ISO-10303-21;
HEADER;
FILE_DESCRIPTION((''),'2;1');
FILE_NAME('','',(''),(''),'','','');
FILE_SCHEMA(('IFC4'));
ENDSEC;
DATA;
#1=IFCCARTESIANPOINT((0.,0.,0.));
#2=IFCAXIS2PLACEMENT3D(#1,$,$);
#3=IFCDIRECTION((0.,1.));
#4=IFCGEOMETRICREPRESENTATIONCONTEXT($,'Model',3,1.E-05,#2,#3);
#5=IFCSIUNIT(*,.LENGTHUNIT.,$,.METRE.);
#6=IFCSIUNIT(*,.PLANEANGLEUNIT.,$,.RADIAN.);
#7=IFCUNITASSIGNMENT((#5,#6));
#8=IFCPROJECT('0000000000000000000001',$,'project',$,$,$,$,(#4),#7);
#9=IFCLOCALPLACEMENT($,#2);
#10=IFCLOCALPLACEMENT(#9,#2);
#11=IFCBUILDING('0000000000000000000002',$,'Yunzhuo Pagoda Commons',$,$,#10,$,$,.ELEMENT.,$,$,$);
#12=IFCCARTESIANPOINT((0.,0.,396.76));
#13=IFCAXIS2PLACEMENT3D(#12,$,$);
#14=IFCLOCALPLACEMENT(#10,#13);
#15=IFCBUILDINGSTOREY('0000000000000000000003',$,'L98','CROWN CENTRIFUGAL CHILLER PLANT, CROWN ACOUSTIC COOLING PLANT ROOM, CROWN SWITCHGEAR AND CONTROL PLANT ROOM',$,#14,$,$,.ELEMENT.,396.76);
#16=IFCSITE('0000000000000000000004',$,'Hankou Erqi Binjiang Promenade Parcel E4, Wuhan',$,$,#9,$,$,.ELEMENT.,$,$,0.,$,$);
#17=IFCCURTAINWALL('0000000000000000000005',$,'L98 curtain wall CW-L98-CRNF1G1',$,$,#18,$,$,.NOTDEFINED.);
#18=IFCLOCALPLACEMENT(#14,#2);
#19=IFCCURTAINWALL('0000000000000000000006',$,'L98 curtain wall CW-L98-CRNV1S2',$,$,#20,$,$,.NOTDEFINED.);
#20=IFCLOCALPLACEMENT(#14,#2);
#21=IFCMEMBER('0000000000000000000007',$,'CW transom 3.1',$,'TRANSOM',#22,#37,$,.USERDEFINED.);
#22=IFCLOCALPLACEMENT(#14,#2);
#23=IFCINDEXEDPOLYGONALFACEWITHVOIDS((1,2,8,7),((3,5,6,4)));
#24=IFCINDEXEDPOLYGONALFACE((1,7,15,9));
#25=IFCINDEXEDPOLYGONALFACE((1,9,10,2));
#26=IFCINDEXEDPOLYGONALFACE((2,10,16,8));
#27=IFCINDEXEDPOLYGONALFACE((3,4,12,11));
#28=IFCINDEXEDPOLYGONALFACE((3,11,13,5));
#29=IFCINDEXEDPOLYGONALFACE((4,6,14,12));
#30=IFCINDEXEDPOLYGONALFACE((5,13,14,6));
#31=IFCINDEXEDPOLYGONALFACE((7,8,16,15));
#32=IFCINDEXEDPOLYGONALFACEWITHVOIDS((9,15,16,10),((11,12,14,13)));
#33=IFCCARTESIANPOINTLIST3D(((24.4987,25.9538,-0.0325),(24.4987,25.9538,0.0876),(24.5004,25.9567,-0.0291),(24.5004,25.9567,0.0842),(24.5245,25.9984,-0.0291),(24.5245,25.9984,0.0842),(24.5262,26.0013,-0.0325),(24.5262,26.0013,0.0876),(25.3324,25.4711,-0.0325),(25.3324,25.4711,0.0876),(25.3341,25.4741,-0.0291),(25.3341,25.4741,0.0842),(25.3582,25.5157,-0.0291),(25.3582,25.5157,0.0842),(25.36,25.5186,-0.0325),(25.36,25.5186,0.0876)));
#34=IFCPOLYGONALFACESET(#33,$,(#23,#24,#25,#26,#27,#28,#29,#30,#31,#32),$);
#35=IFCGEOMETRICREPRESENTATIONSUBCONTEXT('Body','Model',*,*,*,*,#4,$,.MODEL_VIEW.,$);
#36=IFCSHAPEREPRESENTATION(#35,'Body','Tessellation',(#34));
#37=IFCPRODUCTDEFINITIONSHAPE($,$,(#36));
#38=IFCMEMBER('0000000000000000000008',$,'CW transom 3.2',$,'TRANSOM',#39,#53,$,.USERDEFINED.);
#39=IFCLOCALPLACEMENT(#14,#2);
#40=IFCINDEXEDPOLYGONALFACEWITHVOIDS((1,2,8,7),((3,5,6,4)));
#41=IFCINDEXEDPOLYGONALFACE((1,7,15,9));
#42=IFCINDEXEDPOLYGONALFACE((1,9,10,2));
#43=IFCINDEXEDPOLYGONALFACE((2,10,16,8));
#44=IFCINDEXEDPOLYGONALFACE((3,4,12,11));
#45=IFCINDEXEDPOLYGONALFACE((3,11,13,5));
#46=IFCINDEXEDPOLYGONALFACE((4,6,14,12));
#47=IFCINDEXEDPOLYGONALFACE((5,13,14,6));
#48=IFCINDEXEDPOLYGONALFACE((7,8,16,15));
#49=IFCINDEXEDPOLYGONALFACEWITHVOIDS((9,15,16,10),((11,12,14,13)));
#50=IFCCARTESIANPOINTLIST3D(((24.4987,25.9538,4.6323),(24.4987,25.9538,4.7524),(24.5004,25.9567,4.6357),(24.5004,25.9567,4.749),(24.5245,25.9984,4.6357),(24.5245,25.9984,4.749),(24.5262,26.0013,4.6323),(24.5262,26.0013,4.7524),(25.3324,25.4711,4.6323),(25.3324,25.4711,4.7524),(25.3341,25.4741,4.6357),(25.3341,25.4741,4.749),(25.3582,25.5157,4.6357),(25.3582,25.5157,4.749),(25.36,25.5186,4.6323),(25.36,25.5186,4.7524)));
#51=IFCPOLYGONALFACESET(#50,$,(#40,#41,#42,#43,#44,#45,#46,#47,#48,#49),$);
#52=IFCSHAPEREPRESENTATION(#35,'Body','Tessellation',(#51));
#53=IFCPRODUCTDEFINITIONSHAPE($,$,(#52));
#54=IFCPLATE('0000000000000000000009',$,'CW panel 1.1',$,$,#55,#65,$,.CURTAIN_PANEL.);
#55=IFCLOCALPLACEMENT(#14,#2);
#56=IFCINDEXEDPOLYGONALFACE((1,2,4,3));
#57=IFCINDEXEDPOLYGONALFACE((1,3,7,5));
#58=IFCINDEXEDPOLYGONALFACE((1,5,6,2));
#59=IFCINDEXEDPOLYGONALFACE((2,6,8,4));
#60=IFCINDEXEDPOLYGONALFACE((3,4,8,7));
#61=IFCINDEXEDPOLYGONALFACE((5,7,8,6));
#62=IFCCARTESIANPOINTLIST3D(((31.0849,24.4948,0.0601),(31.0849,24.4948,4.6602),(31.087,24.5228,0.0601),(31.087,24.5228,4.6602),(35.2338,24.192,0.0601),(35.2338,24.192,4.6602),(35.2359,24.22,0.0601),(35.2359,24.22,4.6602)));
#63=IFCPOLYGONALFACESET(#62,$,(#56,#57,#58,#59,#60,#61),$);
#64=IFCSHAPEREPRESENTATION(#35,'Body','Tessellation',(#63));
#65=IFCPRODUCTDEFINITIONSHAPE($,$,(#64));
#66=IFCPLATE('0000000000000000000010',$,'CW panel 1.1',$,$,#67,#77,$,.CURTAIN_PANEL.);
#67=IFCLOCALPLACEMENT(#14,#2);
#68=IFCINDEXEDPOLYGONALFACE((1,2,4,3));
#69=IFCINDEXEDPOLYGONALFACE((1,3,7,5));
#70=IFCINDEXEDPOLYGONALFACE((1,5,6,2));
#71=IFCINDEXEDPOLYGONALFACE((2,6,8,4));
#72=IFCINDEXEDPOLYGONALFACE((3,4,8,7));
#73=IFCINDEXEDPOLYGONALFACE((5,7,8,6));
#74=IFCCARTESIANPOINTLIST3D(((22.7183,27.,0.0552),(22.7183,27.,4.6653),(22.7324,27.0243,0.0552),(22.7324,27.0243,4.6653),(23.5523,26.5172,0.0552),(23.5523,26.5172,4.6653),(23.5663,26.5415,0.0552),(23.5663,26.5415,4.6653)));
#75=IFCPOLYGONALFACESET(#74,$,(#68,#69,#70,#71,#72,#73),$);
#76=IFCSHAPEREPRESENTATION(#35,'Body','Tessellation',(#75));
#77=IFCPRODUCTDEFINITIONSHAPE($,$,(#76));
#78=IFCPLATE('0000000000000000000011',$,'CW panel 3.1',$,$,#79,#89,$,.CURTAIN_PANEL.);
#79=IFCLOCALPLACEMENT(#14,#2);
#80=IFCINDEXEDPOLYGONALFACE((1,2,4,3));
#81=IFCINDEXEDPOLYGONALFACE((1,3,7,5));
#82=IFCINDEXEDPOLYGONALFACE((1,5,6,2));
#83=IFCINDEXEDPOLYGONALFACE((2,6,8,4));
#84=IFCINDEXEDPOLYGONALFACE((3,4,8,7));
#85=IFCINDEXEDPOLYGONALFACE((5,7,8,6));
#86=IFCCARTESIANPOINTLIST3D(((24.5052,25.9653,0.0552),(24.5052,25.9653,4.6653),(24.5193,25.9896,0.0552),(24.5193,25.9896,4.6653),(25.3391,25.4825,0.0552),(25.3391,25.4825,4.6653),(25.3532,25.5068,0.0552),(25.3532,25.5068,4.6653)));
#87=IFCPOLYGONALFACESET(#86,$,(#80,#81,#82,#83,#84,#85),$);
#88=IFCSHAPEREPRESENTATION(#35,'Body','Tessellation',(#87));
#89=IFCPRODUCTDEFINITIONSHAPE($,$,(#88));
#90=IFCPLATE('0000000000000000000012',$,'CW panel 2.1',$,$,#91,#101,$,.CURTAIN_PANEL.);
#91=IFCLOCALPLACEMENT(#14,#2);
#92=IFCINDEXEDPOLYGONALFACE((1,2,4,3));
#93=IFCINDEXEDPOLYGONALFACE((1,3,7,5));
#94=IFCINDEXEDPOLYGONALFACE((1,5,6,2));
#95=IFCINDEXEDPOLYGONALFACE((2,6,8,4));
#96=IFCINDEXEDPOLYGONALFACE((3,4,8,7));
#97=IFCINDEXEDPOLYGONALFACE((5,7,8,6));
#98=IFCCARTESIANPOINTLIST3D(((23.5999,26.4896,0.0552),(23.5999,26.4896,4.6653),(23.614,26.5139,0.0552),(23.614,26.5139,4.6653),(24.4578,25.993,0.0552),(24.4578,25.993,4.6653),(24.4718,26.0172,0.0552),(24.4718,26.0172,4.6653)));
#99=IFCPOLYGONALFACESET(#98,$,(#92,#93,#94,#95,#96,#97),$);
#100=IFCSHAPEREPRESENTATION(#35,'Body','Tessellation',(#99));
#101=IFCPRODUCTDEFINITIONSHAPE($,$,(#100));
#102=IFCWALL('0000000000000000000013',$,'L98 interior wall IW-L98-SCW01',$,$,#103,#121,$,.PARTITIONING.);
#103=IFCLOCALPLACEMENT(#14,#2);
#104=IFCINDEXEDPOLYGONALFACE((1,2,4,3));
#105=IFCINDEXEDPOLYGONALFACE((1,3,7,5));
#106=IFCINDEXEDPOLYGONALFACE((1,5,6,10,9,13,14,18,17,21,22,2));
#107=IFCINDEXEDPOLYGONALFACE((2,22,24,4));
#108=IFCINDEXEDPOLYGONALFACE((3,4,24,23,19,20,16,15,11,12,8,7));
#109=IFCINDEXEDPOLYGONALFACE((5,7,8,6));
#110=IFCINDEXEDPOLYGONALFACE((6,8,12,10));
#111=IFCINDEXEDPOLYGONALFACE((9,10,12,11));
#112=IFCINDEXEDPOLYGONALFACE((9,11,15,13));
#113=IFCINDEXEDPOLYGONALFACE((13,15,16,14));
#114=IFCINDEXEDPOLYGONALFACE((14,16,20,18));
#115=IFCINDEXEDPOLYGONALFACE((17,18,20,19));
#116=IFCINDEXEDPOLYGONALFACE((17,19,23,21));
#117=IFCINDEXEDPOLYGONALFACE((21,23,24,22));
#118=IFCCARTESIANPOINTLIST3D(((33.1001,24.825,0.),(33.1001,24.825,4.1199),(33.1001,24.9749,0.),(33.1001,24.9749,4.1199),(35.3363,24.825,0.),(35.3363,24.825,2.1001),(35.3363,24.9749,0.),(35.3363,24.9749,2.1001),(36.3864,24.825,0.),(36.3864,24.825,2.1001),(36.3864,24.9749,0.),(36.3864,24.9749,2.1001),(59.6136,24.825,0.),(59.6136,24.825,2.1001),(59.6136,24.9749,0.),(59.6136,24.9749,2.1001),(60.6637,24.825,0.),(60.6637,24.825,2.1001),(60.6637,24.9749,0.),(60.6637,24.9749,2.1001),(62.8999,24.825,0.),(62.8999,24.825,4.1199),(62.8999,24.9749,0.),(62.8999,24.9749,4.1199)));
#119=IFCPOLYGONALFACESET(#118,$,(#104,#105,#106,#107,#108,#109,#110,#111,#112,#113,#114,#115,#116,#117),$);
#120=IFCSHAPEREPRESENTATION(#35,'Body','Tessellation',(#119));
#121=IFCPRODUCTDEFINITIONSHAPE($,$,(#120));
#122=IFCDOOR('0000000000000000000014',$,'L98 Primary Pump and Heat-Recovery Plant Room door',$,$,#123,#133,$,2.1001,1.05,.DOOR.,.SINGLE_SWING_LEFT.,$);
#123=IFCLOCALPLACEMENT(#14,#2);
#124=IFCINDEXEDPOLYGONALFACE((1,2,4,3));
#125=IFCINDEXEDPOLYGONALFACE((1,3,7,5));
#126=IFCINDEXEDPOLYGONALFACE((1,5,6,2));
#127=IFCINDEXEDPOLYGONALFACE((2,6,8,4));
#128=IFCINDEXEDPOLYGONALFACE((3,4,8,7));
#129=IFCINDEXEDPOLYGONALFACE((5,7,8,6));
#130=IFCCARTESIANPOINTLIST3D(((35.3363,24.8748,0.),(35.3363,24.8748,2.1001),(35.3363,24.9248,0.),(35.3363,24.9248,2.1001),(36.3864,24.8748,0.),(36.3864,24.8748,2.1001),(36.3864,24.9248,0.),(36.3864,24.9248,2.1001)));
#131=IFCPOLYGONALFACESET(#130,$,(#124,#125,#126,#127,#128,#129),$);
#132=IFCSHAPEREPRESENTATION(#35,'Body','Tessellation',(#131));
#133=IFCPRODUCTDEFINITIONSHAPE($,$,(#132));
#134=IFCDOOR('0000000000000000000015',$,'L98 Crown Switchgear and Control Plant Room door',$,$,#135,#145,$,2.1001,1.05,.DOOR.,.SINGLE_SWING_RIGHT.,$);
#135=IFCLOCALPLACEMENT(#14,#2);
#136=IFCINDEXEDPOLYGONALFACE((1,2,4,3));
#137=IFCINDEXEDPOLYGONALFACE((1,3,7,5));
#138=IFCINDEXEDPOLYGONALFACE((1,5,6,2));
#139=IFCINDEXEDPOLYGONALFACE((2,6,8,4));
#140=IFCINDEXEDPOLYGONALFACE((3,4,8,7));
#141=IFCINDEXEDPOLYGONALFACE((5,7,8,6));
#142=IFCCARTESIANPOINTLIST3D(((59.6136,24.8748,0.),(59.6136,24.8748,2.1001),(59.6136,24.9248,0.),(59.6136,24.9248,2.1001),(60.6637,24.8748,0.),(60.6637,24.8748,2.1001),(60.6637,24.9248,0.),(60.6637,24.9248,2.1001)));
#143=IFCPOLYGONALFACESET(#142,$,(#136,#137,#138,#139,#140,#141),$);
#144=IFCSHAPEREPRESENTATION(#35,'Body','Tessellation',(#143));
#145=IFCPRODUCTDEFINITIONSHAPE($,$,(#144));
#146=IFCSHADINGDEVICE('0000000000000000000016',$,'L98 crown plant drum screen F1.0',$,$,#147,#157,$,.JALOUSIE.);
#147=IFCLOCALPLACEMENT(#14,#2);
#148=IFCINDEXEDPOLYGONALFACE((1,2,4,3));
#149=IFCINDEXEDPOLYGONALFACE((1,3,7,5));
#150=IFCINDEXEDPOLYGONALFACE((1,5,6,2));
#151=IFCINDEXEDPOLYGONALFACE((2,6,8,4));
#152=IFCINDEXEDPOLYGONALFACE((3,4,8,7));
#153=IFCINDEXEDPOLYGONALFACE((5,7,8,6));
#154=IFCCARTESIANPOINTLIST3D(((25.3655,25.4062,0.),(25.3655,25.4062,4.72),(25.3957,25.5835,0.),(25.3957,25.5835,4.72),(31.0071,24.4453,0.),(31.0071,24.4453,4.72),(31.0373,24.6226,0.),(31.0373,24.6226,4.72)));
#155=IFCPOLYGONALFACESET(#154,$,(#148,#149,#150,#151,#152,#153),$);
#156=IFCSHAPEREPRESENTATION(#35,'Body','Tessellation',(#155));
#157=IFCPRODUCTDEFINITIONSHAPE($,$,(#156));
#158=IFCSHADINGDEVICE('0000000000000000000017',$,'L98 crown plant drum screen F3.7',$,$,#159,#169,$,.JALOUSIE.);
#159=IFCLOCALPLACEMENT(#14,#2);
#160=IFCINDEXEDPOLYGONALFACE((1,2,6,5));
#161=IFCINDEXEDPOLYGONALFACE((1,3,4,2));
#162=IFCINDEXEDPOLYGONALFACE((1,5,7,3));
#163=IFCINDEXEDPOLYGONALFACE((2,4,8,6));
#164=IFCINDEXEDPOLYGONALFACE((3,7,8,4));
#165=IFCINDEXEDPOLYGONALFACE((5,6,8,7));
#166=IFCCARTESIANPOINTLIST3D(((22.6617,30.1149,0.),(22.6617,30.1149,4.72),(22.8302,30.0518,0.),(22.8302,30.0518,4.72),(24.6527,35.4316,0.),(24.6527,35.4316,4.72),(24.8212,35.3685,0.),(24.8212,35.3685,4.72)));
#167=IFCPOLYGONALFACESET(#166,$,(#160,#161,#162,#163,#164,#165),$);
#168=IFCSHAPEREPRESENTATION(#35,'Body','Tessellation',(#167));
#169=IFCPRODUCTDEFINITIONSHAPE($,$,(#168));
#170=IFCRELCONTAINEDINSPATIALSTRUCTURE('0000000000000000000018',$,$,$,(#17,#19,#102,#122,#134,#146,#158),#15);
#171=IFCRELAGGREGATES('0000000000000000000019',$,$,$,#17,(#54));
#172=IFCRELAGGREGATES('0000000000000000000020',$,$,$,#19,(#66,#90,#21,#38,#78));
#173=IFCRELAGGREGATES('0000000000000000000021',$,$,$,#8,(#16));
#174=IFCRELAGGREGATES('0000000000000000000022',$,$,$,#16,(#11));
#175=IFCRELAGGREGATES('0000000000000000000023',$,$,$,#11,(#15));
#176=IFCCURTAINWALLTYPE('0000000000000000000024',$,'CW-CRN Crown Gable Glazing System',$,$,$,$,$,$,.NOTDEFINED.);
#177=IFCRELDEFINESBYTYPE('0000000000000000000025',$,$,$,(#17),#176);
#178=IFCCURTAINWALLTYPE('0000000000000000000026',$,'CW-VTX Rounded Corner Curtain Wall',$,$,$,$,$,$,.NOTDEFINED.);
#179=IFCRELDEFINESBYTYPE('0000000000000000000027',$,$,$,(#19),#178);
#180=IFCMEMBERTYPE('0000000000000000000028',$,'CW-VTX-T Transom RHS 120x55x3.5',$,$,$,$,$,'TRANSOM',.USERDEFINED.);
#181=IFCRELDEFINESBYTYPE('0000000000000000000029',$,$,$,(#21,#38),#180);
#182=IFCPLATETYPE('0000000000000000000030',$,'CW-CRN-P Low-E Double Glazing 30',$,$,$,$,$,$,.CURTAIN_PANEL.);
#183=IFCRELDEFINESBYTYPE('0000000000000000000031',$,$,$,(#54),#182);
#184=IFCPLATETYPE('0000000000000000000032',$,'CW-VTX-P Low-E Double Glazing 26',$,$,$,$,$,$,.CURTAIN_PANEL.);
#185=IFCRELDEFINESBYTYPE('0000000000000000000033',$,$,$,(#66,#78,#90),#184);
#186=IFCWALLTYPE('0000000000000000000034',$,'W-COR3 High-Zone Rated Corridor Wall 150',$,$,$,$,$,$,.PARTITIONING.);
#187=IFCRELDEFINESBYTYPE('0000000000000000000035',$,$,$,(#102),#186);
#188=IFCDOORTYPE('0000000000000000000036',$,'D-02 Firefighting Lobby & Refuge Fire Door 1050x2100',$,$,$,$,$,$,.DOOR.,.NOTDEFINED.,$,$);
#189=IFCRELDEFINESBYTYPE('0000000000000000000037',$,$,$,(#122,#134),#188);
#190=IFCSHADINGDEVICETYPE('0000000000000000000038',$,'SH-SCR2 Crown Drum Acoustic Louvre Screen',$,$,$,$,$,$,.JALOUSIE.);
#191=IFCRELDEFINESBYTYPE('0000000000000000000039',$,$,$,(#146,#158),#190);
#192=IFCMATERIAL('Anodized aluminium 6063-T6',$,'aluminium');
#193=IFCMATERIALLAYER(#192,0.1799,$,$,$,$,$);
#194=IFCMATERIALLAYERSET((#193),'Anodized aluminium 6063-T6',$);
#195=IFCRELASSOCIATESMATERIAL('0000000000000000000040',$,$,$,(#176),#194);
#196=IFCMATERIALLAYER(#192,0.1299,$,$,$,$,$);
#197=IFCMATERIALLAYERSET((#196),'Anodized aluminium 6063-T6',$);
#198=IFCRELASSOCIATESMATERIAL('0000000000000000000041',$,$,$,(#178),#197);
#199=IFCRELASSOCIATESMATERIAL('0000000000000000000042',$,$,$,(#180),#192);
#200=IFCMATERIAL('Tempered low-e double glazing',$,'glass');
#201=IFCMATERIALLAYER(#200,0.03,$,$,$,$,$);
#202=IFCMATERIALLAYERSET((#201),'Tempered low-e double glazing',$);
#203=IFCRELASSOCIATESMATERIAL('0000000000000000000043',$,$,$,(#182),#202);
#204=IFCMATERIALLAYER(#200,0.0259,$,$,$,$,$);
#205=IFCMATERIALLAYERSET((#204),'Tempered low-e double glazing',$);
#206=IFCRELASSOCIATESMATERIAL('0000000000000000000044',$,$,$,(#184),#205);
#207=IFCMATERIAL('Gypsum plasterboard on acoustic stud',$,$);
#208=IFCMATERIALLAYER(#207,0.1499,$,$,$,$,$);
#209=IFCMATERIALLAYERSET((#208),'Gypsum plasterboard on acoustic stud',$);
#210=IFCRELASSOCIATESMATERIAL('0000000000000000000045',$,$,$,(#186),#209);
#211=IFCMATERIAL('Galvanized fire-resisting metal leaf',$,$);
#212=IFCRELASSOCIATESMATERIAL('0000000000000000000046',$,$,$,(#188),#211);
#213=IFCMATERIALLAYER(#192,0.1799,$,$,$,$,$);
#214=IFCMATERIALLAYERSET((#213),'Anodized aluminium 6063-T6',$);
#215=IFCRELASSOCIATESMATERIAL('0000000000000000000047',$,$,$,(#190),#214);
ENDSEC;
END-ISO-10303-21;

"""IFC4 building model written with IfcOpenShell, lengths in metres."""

from ifc_helpers import new_model, si_unit, direction, frame, frame_2d, origin, origin_with_axes, origin_2d, place, context, subcontext, project, spatial, rectangle, hollow_rectangle, extrude, source, transform, mapped, material, layer, layer_set, material_profile, profile_set, type_object, element, fill, aggregate, save


model = new_model("IFC4")

# Units and contexts
model_context = context("Model", 3, precision=1e-05, world=origin(), true_north=direction((0.0, 1.0)))
body_context = subcontext(model_context, "Body", "Model", "MODEL_VIEW")
ifc_project = project(units=[si_unit("LENGTHUNIT", "METRE"), si_unit("PLANEANGLEUNIT", "RADIAN")], contexts=[model_context])

# Site, building, storey
site_placement = place(None, origin())
site = spatial("IfcSite", under=ifc_project, at=site_placement, Name="Hankou Erqi Binjiang Promenade Parcel E4, Wuhan", CompositionType="ELEMENT", RefElevation=0.0)
building_placement = place(site_placement, origin())
building = spatial("IfcBuilding", under=site, at=building_placement, Name="Yunzhuo Pagoda Commons", CompositionType="ELEMENT")
storey_placement = place(building_placement, frame((0.0, 0.0, 396.76)))
storey = spatial("IfcBuildingStorey", under=building, at=storey_placement, Name="L98", Description="CROWN CENTRIFUGAL CHILLER PLANT, CROWN ACOUSTIC COOLING PLANT ROOM, CROWN SWITCHGEAR AND CONTROL PLANT ROOM", CompositionType="ELEMENT", Elevation=396.76)

# Curtain walls, members
ifc_material_1 = material(Name="Anodized aluminium 6063-T6", Category="aluminium")
ifc_layer_1 = layer(ifc_material_1, 0.1799)
ifc_layer_set_1 = layer_set([ifc_layer_1], Name="Anodized aluminium 6063-T6")
curtain_wall_type_1 = type_object("IfcCurtainWallType", Name="CW-CRN Crown Gable Glazing System", PredefinedType="NOTDEFINED", material=ifc_layer_set_1)
curtain_wall_1_placement = place(storey_placement, origin())
curtain_wall_1 = element("IfcCurtainWall", 1, at=curtain_wall_1_placement, inside=storey, type_object=curtain_wall_type_1, Name="L98 curtain wall CW-L98-CRNF1G1", PredefinedType="NOTDEFINED")
ifc_layer_2 = layer(ifc_material_1, 0.1299)
ifc_layer_set_2 = layer_set([ifc_layer_2], Name="Anodized aluminium 6063-T6")
curtain_wall_type_2 = type_object("IfcCurtainWallType", Name="CW-VTX Rounded Corner Curtain Wall", PredefinedType="NOTDEFINED", material=ifc_layer_set_2)
curtain_wall_2_placement = place(storey_placement, origin())
curtain_wall_2 = element("IfcCurtainWall", 2, at=curtain_wall_2_placement, inside=storey, type_object=curtain_wall_type_2, Name="L98 curtain wall CW-L98-CRNV1S2", PredefinedType="NOTDEFINED")
ifc_material_profile_1 = material_profile(ifc_material_1, hollow_rectangle(XDim=0.0549, YDim=0.1201, WallThickness=0.0034, at=origin_2d()), Name="Anodized aluminium 6063-T6")
ifc_profile_set_1 = profile_set([ifc_material_profile_1], Name="Anodized aluminium 6063-T6")
member_type_1 = type_object("IfcMemberType", Name="CW-VTX-T Transom RHS 120x55x3.5", ElementType="TRANSOM", PredefinedType="USERDEFINED", material=ifc_profile_set_1)
shared_shape_1 = source(origin(), body_context, "Body", "SweptSolid", [
    extrude(hollow_rectangle(XDim=0.0549, YDim=0.1201, WallThickness=0.0034, at=origin_2d()), origin(), (0.0, 0.0, 1.0), 0.9634),
])
member_1_placement = place(storey_placement, frame((24.5125, 25.9775, 0.0276), z_axis=(0.865438, -0.501016, 0.0), x_axis=(0.501016, 0.865438, 0.0)))
member_1 = element("IfcMember", 3, at=member_1_placement, type_object=member_type_1, Name="CW transom 3.1", ObjectType="TRANSOM", PredefinedType="USERDEFINED", context=body_context, shape_type="MappedRepresentation", body=[
    mapped(shared_shape_1, transform((0.0, 0.0, 0.0), scale=1.0)),
])
member_2_placement = place(storey_placement, frame((24.5125, 25.9775, 4.6924), z_axis=(0.865438, -0.501016, 0.0), x_axis=(0.501016, 0.865438, 0.0)))
member_2 = element("IfcMember", 4, at=member_2_placement, type_object=member_type_1, Name="CW transom 3.2", ObjectType="TRANSOM", PredefinedType="USERDEFINED", context=body_context, shape_type="MappedRepresentation", body=[
    mapped(shared_shape_1, transform((0.0, 0.0, 0.0), scale=1.0)),
])

# Plates
ifc_material_2 = material(Name="Tempered low-e double glazing", Category="glass")
ifc_layer_3 = layer(ifc_material_2, 0.03)
ifc_layer_set_3 = layer_set([ifc_layer_3], Name="Tempered low-e double glazing")
plate_type_1 = type_object("IfcPlateType", Name="CW-CRN-P Low-E Double Glazing 30", PredefinedType="CURTAIN_PANEL", material=ifc_layer_set_3)
shared_shape_2 = source(origin(), body_context, "Body", "SweptSolid", [
    extrude(rectangle(XDim=4.1599, YDim=0.0281, at=origin_2d()), origin(), (0.0, 0.0, 1.0), 4.6001),
])
plate_1_placement = place(storey_placement, frame((33.1604, 24.3574, 0.0601), z_axis=(0.0, 0.0, 1.0), x_axis=(0.997347, -0.072796, 0.0)))
plate_1 = element("IfcPlate", 5, at=plate_1_placement, type_object=plate_type_1, Name="CW panel 1.1", PredefinedType="CURTAIN_PANEL", context=body_context, shape_type="MappedRepresentation", body=[
    mapped(shared_shape_2, transform((0.0, 0.0, 0.0), scale=1.0)),
])
aggregate(curtain_wall_1, [plate_1])
ifc_layer_4 = layer(ifc_material_2, 0.0259)
ifc_layer_set_4 = layer_set([ifc_layer_4], Name="Tempered low-e double glazing")
plate_type_2 = type_object("IfcPlateType", Name="CW-VTX-P Low-E Double Glazing 26", PredefinedType="CURTAIN_PANEL", material=ifc_layer_set_4)
shared_shape_3 = source(origin(), body_context, "Body", "SweptSolid", [
    extrude(rectangle(XDim=0.9636, YDim=0.0281, at=origin_2d()), origin(), (0.0, 0.0, 1.0), 4.6101),
])
plate_2_placement = place(storey_placement, frame((23.1423, 26.7708, 0.0552), z_axis=(0.0, 0.0, 1.0), x_axis=(0.865423, -0.501041, 0.0)))
plate_2 = element("IfcPlate", 6, at=plate_2_placement, type_object=plate_type_2, Name="CW panel 1.1", PredefinedType="CURTAIN_PANEL", context=body_context, shape_type="MappedRepresentation", body=[
    mapped(shared_shape_3, transform((0.0, 0.0, 0.0), scale=1.0)),
])
plate_3_placement = place(storey_placement, frame((24.9292, 25.7361, 0.0552), z_axis=(0.0, 0.0, 1.0), x_axis=(0.865423, -0.501041, 0.0)))
plate_3 = element("IfcPlate", 7, at=plate_3_placement, type_object=plate_type_2, Name="CW panel 3.1", PredefinedType="CURTAIN_PANEL", context=body_context, shape_type="MappedRepresentation", body=[
    mapped(shared_shape_3, transform((0.0, 0.0, 0.0), scale=1.0)),
])
shared_shape_4 = source(origin(), body_context, "Body", "SweptSolid", [
    extrude(rectangle(XDim=0.9912, YDim=0.0281, at=origin_2d()), origin(), (0.0, 0.0, 1.0), 4.6101),
])
plate_4_placement = place(storey_placement, frame((24.0359, 26.2534, 0.0552), z_axis=(0.0, 0.0, 1.0), x_axis=(0.865423, -0.501041, 0.0)))
plate_4 = element("IfcPlate", 8, at=plate_4_placement, type_object=plate_type_2, Name="CW panel 2.1", PredefinedType="CURTAIN_PANEL", context=body_context, shape_type="MappedRepresentation", body=[
    mapped(shared_shape_4, transform((0.0, 0.0, 0.0), scale=1.0)),
])
aggregate(curtain_wall_2, [plate_2, plate_4, member_1, member_2, plate_3])

# Wall, openings, doors
ifc_material_3 = material(Name="Gypsum plasterboard on acoustic stud")
ifc_layer_5 = layer(ifc_material_3, 0.1499)
ifc_layer_set_5 = layer_set([ifc_layer_5], Name="Gypsum plasterboard on acoustic stud")
wall_type = type_object("IfcWallType", Name="W-COR3 High-Zone Rated Corridor Wall 150", PredefinedType="PARTITIONING", material=ifc_layer_set_5)
wall_placement = place(storey_placement, frame((33.1001, 24.8999, 0.0), z_axis=(0.0, 0.0, 1.0), x_axis=(1.0, 0.0, 0.0)))
wall = element("IfcWall", 9, at=wall_placement, inside=storey, type_object=wall_type, Name="L98 interior wall IW-L98-SCW01", PredefinedType="PARTITIONING", context=body_context, shape_type="SweptSolid", body=[
    extrude(rectangle(XDim=29.7998, YDim=0.1499, at=frame_2d((14.8999, 0.0))), origin(), (0.0, 0.0, 1.0), 4.1199),
])
opening_1_placement = place(wall_placement, frame((2.2363, 0.0, 0.0)))
opening_1 = element("IfcOpeningElement", 10, at=opening_1_placement, cuts=wall, PredefinedType="OPENING", context=body_context, shape_type="SweptSolid", body=[
    extrude(rectangle(XDim=1.05, YDim=2.1001, at=frame_2d((0.5249, 1.05))), frame((0.0, 0.085, 0.0), z_axis=(0.0, -1.0, 0.0), x_axis=(1.0, 0.0, 0.0)), (0.0, 0.0, 1.0), 0.1699),
])
opening_2_placement = place(wall_placement, frame((26.5137, 0.0, 0.0)))
opening_2 = element("IfcOpeningElement", 11, at=opening_2_placement, cuts=wall, PredefinedType="OPENING", context=body_context, shape_type="SweptSolid", body=[
    extrude(rectangle(XDim=1.05, YDim=2.1001, at=frame_2d((0.5249, 1.05))), frame((0.0, 0.085, 0.0), z_axis=(0.0, -1.0, 0.0), x_axis=(1.0, 0.0, 0.0)), (0.0, 0.0, 1.0), 0.1699),
])
ifc_material_4 = material(Name="Galvanized fire-resisting metal leaf")
door_type = type_object("IfcDoorType", Name="D-02 Firefighting Lobby & Refuge Fire Door 1050x2100", OperationType="NOTDEFINED", PredefinedType="DOOR", material=ifc_material_4)
shared_shape_5 = source(origin(), body_context, "Body", "SweptSolid", [
    extrude(rectangle(XDim=1.05, YDim=2.1001, at=frame_2d((0.5249, 1.05))), frame((0.0, 0.0249, 0.0), z_axis=(0.0, -1.0, 0.0), x_axis=(1.0, 0.0, 0.0)), (0.0, 0.0, 1.0), 0.05),
])
door_1_placement = place(opening_1_placement, origin_with_axes())
door_1 = element("IfcDoor", 12, at=door_1_placement, inside=storey, type_object=door_type, Name="L98 Primary Pump and Heat-Recovery Plant Room door", OperationType="SINGLE_SWING_LEFT", OverallHeight=2.1001, OverallWidth=1.05, PredefinedType="DOOR", context=body_context, shape_type="MappedRepresentation", body=[
    mapped(shared_shape_5, transform((0.0, 0.0, 0.0), scale=1.0)),
])
fill(opening_1, door_1)
door_2_placement = place(opening_2_placement, origin_with_axes())
door_2 = element("IfcDoor", 13, at=door_2_placement, inside=storey, type_object=door_type, Name="L98 Crown Switchgear and Control Plant Room door", OperationType="SINGLE_SWING_RIGHT", OverallHeight=2.1001, OverallWidth=1.05, PredefinedType="DOOR", context=body_context, shape_type="MappedRepresentation", body=[
    mapped(shared_shape_5, transform((0.0, 0.0, 0.0), scale=1.0)),
])
fill(opening_2, door_2)

# Shading devices
ifc_layer_6 = layer(ifc_material_1, 0.1799)
ifc_layer_set_6 = layer_set([ifc_layer_6], Name="Anodized aluminium 6063-T6")
shading_device_type = type_object("IfcShadingDeviceType", Name="SH-SCR2 Crown Drum Acoustic Louvre Screen", PredefinedType="JALOUSIE", material=ifc_layer_set_6)
shared_shape_6 = source(origin(), body_context, "Body", "SweptSolid", [
    extrude(rectangle(XDim=5.7229, YDim=0.1799, at=origin_2d()), origin(), (0.0, 0.0, 1.0), 4.72),
])
shading_device_1_placement = place(storey_placement, frame((28.2014, 25.0144, 0.0), z_axis=(0.0, 0.0, 1.0), x_axis=(0.985803, -0.167904, 0.0)))
element("IfcShadingDevice", 14, at=shading_device_1_placement, inside=storey, type_object=shading_device_type, Name="L98 crown plant drum screen F1.0", PredefinedType="JALOUSIE", context=body_context, shape_type="MappedRepresentation", body=[
    mapped(shared_shape_6, transform((0.0, 0.0, 0.0), scale=1.0)),
])
shared_shape_7 = source(origin(), body_context, "Body", "SweptSolid", [
    extrude(rectangle(XDim=5.6772, YDim=0.1799, at=origin_2d()), origin(), (0.0, 0.0, 1.0), 4.72),
])
shading_device_2_placement = place(storey_placement, frame((23.7415, 32.7417, 0.0), z_axis=(0.0, 0.0, 1.0), x_axis=(-0.350698, -0.936489, 0.0)))
element("IfcShadingDevice", 15, at=shading_device_2_placement, inside=storey, type_object=shading_device_type, Name="L98 crown plant drum screen F3.7", PredefinedType="JALOUSIE", context=body_context, shape_type="MappedRepresentation", body=[
    mapped(shared_shape_7, transform((0.0, 0.0, 0.0), scale=1.0)),
])

save(model, "model.ifc")
